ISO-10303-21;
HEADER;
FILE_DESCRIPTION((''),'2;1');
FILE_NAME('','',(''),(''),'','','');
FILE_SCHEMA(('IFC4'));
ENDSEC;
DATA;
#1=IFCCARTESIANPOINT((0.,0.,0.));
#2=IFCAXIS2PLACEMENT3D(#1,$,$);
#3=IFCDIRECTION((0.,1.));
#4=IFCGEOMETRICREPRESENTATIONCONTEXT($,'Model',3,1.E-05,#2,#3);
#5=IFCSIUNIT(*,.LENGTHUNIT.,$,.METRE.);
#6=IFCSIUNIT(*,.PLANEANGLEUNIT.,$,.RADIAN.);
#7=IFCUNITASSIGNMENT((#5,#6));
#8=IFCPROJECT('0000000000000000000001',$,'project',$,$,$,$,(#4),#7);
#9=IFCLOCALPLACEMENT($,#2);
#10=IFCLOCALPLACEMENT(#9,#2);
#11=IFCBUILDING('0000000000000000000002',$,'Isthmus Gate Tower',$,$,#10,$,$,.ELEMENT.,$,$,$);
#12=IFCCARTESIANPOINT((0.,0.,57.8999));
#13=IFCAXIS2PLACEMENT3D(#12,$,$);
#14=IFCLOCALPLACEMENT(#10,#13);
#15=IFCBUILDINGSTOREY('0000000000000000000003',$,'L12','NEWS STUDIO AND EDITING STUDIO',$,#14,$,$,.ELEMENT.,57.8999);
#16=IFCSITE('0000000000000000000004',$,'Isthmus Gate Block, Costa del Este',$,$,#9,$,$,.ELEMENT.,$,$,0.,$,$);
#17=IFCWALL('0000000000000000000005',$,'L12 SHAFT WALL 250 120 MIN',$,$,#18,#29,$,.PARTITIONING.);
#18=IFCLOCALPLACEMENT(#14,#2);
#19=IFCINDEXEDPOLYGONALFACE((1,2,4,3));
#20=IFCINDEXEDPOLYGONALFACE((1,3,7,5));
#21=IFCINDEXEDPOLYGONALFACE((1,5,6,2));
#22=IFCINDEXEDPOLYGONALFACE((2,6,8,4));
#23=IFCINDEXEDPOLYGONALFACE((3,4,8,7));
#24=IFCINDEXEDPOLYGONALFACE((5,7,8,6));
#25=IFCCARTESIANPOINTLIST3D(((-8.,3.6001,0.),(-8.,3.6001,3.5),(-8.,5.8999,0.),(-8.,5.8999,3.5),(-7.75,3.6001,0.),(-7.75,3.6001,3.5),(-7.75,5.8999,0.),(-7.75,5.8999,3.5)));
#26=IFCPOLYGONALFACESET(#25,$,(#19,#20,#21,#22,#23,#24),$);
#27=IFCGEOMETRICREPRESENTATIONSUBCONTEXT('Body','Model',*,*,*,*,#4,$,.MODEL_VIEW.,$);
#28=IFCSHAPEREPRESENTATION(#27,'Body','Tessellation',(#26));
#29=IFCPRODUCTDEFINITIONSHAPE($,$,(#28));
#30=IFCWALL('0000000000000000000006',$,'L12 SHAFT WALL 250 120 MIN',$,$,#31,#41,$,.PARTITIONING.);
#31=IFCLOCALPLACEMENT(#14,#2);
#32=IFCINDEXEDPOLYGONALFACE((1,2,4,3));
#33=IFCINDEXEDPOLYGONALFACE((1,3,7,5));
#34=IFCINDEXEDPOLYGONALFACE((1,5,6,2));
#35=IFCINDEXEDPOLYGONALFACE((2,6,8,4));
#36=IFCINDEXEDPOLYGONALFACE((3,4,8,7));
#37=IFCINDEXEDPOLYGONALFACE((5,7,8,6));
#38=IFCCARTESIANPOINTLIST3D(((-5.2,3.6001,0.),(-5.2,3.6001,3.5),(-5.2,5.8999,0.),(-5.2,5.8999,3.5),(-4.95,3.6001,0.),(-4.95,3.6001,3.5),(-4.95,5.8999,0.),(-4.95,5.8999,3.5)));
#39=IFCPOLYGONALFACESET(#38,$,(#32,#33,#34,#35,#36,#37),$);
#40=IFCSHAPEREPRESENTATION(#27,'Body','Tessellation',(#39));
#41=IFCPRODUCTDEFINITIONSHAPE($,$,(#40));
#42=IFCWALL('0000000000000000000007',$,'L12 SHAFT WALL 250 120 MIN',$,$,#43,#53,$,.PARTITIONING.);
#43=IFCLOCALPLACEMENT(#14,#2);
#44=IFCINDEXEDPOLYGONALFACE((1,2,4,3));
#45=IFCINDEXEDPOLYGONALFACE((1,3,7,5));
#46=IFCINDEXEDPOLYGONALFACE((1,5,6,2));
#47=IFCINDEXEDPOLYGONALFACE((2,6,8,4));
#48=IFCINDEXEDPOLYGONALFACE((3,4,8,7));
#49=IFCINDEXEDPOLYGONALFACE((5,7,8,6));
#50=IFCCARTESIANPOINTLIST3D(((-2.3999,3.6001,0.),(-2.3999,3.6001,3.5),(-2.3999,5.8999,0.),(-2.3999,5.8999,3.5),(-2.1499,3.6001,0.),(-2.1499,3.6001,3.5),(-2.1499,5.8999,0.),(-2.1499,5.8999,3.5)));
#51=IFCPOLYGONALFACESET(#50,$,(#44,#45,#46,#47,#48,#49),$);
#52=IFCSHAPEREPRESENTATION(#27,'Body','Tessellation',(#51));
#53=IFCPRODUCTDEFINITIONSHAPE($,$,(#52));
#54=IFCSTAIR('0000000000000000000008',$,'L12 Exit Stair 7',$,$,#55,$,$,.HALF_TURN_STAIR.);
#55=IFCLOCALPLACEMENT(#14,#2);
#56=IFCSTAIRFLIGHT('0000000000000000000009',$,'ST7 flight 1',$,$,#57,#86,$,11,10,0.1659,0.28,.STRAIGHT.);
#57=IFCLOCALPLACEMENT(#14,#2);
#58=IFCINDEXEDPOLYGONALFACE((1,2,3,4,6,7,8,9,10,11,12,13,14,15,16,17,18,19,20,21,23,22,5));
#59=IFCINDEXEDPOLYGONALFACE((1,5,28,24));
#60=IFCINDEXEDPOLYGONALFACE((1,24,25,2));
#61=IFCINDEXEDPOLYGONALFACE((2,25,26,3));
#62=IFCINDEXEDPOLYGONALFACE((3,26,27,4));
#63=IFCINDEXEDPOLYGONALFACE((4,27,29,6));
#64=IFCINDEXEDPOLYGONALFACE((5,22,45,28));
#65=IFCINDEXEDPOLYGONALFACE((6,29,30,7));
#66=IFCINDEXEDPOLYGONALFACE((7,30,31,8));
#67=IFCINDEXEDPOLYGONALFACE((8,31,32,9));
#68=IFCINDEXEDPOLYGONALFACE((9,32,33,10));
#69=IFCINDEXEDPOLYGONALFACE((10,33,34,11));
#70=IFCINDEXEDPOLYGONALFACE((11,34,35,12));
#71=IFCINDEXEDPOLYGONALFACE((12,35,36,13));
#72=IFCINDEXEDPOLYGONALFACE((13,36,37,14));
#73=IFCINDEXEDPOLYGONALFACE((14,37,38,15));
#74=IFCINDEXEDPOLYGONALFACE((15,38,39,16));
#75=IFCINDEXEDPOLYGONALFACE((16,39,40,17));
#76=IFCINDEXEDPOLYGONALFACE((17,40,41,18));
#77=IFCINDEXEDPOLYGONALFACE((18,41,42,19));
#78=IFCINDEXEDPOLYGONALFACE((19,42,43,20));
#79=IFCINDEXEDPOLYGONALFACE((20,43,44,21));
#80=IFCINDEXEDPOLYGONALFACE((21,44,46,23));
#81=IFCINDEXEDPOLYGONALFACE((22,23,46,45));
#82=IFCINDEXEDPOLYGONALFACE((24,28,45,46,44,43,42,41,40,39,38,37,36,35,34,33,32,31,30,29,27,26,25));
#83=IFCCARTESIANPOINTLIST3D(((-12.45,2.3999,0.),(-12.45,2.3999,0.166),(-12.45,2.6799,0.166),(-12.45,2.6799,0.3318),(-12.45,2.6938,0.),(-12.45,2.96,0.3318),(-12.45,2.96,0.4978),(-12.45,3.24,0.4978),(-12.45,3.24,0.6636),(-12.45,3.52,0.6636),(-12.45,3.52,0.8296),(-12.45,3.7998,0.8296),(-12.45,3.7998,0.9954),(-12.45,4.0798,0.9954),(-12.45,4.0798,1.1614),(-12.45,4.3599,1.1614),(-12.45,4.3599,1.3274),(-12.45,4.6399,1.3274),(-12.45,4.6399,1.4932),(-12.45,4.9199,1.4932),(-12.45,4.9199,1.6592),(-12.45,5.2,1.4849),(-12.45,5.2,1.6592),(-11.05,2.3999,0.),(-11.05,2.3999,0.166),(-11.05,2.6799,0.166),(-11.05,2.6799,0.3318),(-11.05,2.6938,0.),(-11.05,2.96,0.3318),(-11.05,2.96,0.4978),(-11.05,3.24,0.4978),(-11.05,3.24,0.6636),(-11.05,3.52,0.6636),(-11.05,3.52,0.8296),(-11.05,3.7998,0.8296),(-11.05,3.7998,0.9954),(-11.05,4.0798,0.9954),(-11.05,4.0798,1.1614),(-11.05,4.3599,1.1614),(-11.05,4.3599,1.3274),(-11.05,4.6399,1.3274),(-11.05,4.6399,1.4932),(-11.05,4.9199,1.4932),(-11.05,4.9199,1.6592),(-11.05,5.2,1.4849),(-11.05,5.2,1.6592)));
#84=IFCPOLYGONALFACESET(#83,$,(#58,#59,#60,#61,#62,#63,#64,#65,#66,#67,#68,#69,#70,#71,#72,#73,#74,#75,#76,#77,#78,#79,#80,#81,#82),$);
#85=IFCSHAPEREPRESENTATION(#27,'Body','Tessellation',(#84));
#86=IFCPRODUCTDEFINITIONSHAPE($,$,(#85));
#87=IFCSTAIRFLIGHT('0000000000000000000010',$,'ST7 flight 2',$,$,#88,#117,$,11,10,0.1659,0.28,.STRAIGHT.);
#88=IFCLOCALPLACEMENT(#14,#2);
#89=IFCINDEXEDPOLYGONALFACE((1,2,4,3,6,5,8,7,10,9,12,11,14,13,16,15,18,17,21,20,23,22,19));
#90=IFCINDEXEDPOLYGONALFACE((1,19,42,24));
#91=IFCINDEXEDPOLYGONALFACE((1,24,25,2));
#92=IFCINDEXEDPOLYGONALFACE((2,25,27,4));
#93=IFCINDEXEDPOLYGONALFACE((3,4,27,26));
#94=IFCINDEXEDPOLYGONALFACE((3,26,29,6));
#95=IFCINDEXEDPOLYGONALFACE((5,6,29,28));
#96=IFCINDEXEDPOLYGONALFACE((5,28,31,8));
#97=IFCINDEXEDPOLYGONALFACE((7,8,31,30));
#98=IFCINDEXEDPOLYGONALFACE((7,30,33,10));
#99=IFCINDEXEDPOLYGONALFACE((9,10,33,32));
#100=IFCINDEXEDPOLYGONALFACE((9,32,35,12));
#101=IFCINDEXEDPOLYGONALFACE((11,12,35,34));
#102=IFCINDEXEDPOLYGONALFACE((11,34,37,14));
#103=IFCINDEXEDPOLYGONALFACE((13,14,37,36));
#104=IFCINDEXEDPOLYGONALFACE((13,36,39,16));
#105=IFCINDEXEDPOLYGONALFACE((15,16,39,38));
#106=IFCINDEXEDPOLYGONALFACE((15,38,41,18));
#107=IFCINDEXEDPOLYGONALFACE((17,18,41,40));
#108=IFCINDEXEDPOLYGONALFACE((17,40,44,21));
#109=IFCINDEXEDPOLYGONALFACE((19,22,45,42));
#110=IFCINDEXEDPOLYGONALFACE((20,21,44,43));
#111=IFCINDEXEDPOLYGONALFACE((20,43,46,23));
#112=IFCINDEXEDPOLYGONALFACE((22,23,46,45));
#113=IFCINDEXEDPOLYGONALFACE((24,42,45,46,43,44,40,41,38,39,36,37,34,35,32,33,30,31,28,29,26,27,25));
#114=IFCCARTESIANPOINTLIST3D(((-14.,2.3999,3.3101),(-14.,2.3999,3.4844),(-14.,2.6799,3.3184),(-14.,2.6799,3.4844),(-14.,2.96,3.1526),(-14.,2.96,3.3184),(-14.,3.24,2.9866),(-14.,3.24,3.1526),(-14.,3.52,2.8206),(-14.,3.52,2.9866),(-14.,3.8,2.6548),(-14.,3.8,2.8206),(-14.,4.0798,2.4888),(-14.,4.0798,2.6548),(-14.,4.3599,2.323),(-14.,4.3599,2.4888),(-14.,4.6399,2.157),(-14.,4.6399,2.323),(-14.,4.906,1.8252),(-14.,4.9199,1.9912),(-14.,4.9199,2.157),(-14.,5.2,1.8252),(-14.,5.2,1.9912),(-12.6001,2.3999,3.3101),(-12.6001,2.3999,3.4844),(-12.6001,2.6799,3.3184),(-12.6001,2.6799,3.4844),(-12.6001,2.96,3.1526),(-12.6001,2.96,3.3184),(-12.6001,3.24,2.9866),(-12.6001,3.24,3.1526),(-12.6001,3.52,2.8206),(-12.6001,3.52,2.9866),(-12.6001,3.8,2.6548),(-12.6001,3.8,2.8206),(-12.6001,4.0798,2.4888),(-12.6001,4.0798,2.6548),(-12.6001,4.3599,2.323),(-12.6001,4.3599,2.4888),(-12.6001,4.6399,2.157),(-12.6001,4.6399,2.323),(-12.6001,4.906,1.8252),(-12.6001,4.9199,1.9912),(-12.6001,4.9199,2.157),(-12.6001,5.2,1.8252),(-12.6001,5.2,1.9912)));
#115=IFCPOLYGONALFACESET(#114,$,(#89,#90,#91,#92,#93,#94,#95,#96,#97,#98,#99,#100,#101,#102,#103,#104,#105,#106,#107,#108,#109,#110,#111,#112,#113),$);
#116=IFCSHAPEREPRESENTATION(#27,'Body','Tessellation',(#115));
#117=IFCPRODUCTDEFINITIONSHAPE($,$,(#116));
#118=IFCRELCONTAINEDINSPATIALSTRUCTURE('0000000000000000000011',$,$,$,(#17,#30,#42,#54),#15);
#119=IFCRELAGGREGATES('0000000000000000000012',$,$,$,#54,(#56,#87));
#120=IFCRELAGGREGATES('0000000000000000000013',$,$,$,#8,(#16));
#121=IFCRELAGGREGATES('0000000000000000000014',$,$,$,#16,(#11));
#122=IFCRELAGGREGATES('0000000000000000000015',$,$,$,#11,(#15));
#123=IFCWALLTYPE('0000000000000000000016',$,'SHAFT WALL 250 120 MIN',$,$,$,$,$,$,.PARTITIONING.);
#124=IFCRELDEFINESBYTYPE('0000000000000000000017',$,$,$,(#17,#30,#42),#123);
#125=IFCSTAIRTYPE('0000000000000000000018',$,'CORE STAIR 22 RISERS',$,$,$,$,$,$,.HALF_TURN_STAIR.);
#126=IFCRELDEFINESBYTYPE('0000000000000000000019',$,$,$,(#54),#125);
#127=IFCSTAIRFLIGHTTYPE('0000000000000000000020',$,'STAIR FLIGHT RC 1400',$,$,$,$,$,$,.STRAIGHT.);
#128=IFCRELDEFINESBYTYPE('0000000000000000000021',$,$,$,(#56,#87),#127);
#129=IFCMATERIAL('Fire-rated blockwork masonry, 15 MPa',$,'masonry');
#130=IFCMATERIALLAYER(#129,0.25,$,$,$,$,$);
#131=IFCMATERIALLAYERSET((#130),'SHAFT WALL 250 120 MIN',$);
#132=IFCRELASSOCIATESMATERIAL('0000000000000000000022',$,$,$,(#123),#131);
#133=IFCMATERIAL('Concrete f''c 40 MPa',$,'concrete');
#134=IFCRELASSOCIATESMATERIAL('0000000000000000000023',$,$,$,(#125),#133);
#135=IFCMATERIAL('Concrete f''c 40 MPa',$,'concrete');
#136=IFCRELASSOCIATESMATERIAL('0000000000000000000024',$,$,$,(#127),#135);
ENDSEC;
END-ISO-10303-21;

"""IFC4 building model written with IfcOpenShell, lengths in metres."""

from ifc_helpers import new_model, si_unit, direction, frame, frame_2d, origin, place, context, subcontext, project, spatial, polyline, rectangle, outline, extrude, material, layer, layer_set, type_object, element, aggregate, save


model = new_model("IFC4")

# Units and contexts
model_context = context("Model", 3, precision=1e-05, world=origin(), true_north=direction((0.0, 1.0)))
body_context = subcontext(model_context, "Body", "Model", "MODEL_VIEW")
ifc_project = project(units=[si_unit("LENGTHUNIT", "METRE"), si_unit("PLANEANGLEUNIT", "RADIAN")], contexts=[model_context])

# Site, building, storey
site_placement = place(None, origin())
site = spatial("IfcSite", under=ifc_project, at=site_placement, Name="Isthmus Gate Block, Costa del Este", CompositionType="ELEMENT", RefElevation=0.0)
building_placement = place(site_placement, origin())
building = spatial("IfcBuilding", under=site, at=building_placement, Name="Isthmus Gate Tower", CompositionType="ELEMENT")
storey_placement = place(building_placement, frame((0.0, 0.0, 57.8999)))
storey = spatial("IfcBuildingStorey", under=building, at=storey_placement, Name="L12", Description="NEWS STUDIO AND EDITING STUDIO", CompositionType="ELEMENT", Elevation=57.8999)

# Walls
ifc_material_1 = material(Name="Fire-rated blockwork masonry, 15 MPa", Category="masonry")
ifc_layer_1 = layer(ifc_material_1, 0.25)
ifc_layer_set_1 = layer_set([ifc_layer_1], Name="SHAFT WALL 250 120 MIN")
wall_type_1 = type_object("IfcWallType", Name="SHAFT WALL 250 120 MIN", PredefinedType="PARTITIONING", material=ifc_layer_set_1)
for number, where, z_axis, x_axis, name in (
    (1, (-7.875, 3.6001, 0.0), (0.0, 0.0, 1.0), (0.0, 1.0, 0.0), "L12 SHAFT WALL 250 120 MIN"),
    (2, (-5.075, 3.6001, 0.0), (0.0, 0.0, 1.0), (0.0, 1.0, 0.0), "L12 SHAFT WALL 250 120 MIN"),
    (3, (-2.2749, 3.6001, 0.0), (0.0, 0.0, 1.0), (0.0, 1.0, 0.0), "L12 SHAFT WALL 250 120 MIN"),
):
    element("IfcWall", number, at=place(storey_placement, frame(where, z_axis=z_axis, x_axis=x_axis)), inside=storey, type_object=wall_type_1, Name=name, PredefinedType="PARTITIONING", context=body_context, shape_type="SweptSolid", body=[
        extrude(rectangle(XDim=2.2998, YDim=0.25, at=frame_2d((1.1499, 0.0))), origin(), (0.0, 0.0, 1.0), 3.5),
    ])

# Stair, stair flights
ifc_material_2 = material(Name="Concrete f'c 40 MPa", Category="concrete")
stair_type = type_object("IfcStairType", Name="CORE STAIR 22 RISERS", PredefinedType="HALF_TURN_STAIR", material=ifc_material_2)
stair_placement = place(storey_placement, origin())
stair = element("IfcStair", 4, at=stair_placement, inside=storey, type_object=stair_type, Name="L12 Exit Stair 7", PredefinedType="HALF_TURN_STAIR")
ifc_material_3 = material(Name="Concrete f'c 40 MPa", Category="concrete")
stair_flight_type = type_object("IfcStairFlightType", Name="STAIR FLIGHT RC 1400", PredefinedType="STRAIGHT", material=ifc_material_3)
stair_flight_1_placement = place(storey_placement, frame((-11.75, 2.3999, 0.0), z_axis=(0.0, 0.0, 1.0), x_axis=(0.0, 1.0, 0.0)))
stair_flight_1 = element("IfcStairFlight", 5, at=stair_flight_1_placement, type_object=stair_flight_type, Name="ST7 flight 1", NumberOfRisers=11, NumberOfTreads=10, PredefinedType="STRAIGHT", RiserHeight=0.1659, TreadLength=0.28, context=body_context, shape_type="SweptSolid", body=[
    extrude(outline(polyline([(0.0, 0.0), (0.0, 0.166), (0.28, 0.166), (0.28, 0.3318), (0.5601, 0.3318), (0.5601, 0.4978), (0.8401, 0.4978), (0.8401, 0.6636), (1.1201, 0.6636), (1.1201, 0.8296), (1.3999, 0.8296), (1.3999, 0.9954), (1.6799, 0.9954), (1.6799, 1.1614), (1.96, 1.1614), (1.96, 1.3274), (2.24, 1.3274), (2.24, 1.4932), (2.52, 1.4932), (2.52, 1.6592), (2.8, 1.6592), (2.8, 1.825), (2.8, 1.4849), (0.2939, 0.0), (0.0, 0.0)])), frame((0.0, 0.7, 0.0), z_axis=(0.0, -1.0, 0.0), x_axis=(1.0, 0.0, 0.0)), (0.0, 0.0, 1.0), 1.3999),
])
stair_flight_2_placement = place(storey_placement, frame((-13.3, 5.2, 1.8252), z_axis=(0.0, 0.0, 1.0), x_axis=(0.0, -1.0, 0.0)))
stair_flight_2 = element("IfcStairFlight", 6, at=stair_flight_2_placement, type_object=stair_flight_type, Name="ST7 flight 2", NumberOfRisers=11, NumberOfTreads=10, PredefinedType="STRAIGHT", RiserHeight=0.1659, TreadLength=0.28, context=body_context, shape_type="SweptSolid", body=[
    extrude(outline(polyline([(0.0, 0.0), (0.0, 0.166), (0.28, 0.166), (0.28, 0.3318), (0.5601, 0.3318), (0.5601, 0.4978), (0.8401, 0.4978), (0.8401, 0.6636), (1.1201, 0.6636), (1.1201, 0.8296), (1.3999, 0.8296), (1.3999, 0.9954), (1.6799, 0.9954), (1.6799, 1.1614), (1.96, 1.1614), (1.96, 1.3274), (2.24, 1.3274), (2.24, 1.4932), (2.52, 1.4932), (2.52, 1.6592), (2.8, 1.6592), (2.8, 1.825), (2.8, 1.4849), (0.2939, 0.0), (0.0, 0.0)])), frame((0.0, 0.7, 0.0), z_axis=(0.0, -1.0, 0.0), x_axis=(1.0, 0.0, 0.0)), (0.0, 0.0, 1.0), 1.3999),
])
aggregate(stair, [stair_flight_1, stair_flight_2])

save(model, "model.ifc")
